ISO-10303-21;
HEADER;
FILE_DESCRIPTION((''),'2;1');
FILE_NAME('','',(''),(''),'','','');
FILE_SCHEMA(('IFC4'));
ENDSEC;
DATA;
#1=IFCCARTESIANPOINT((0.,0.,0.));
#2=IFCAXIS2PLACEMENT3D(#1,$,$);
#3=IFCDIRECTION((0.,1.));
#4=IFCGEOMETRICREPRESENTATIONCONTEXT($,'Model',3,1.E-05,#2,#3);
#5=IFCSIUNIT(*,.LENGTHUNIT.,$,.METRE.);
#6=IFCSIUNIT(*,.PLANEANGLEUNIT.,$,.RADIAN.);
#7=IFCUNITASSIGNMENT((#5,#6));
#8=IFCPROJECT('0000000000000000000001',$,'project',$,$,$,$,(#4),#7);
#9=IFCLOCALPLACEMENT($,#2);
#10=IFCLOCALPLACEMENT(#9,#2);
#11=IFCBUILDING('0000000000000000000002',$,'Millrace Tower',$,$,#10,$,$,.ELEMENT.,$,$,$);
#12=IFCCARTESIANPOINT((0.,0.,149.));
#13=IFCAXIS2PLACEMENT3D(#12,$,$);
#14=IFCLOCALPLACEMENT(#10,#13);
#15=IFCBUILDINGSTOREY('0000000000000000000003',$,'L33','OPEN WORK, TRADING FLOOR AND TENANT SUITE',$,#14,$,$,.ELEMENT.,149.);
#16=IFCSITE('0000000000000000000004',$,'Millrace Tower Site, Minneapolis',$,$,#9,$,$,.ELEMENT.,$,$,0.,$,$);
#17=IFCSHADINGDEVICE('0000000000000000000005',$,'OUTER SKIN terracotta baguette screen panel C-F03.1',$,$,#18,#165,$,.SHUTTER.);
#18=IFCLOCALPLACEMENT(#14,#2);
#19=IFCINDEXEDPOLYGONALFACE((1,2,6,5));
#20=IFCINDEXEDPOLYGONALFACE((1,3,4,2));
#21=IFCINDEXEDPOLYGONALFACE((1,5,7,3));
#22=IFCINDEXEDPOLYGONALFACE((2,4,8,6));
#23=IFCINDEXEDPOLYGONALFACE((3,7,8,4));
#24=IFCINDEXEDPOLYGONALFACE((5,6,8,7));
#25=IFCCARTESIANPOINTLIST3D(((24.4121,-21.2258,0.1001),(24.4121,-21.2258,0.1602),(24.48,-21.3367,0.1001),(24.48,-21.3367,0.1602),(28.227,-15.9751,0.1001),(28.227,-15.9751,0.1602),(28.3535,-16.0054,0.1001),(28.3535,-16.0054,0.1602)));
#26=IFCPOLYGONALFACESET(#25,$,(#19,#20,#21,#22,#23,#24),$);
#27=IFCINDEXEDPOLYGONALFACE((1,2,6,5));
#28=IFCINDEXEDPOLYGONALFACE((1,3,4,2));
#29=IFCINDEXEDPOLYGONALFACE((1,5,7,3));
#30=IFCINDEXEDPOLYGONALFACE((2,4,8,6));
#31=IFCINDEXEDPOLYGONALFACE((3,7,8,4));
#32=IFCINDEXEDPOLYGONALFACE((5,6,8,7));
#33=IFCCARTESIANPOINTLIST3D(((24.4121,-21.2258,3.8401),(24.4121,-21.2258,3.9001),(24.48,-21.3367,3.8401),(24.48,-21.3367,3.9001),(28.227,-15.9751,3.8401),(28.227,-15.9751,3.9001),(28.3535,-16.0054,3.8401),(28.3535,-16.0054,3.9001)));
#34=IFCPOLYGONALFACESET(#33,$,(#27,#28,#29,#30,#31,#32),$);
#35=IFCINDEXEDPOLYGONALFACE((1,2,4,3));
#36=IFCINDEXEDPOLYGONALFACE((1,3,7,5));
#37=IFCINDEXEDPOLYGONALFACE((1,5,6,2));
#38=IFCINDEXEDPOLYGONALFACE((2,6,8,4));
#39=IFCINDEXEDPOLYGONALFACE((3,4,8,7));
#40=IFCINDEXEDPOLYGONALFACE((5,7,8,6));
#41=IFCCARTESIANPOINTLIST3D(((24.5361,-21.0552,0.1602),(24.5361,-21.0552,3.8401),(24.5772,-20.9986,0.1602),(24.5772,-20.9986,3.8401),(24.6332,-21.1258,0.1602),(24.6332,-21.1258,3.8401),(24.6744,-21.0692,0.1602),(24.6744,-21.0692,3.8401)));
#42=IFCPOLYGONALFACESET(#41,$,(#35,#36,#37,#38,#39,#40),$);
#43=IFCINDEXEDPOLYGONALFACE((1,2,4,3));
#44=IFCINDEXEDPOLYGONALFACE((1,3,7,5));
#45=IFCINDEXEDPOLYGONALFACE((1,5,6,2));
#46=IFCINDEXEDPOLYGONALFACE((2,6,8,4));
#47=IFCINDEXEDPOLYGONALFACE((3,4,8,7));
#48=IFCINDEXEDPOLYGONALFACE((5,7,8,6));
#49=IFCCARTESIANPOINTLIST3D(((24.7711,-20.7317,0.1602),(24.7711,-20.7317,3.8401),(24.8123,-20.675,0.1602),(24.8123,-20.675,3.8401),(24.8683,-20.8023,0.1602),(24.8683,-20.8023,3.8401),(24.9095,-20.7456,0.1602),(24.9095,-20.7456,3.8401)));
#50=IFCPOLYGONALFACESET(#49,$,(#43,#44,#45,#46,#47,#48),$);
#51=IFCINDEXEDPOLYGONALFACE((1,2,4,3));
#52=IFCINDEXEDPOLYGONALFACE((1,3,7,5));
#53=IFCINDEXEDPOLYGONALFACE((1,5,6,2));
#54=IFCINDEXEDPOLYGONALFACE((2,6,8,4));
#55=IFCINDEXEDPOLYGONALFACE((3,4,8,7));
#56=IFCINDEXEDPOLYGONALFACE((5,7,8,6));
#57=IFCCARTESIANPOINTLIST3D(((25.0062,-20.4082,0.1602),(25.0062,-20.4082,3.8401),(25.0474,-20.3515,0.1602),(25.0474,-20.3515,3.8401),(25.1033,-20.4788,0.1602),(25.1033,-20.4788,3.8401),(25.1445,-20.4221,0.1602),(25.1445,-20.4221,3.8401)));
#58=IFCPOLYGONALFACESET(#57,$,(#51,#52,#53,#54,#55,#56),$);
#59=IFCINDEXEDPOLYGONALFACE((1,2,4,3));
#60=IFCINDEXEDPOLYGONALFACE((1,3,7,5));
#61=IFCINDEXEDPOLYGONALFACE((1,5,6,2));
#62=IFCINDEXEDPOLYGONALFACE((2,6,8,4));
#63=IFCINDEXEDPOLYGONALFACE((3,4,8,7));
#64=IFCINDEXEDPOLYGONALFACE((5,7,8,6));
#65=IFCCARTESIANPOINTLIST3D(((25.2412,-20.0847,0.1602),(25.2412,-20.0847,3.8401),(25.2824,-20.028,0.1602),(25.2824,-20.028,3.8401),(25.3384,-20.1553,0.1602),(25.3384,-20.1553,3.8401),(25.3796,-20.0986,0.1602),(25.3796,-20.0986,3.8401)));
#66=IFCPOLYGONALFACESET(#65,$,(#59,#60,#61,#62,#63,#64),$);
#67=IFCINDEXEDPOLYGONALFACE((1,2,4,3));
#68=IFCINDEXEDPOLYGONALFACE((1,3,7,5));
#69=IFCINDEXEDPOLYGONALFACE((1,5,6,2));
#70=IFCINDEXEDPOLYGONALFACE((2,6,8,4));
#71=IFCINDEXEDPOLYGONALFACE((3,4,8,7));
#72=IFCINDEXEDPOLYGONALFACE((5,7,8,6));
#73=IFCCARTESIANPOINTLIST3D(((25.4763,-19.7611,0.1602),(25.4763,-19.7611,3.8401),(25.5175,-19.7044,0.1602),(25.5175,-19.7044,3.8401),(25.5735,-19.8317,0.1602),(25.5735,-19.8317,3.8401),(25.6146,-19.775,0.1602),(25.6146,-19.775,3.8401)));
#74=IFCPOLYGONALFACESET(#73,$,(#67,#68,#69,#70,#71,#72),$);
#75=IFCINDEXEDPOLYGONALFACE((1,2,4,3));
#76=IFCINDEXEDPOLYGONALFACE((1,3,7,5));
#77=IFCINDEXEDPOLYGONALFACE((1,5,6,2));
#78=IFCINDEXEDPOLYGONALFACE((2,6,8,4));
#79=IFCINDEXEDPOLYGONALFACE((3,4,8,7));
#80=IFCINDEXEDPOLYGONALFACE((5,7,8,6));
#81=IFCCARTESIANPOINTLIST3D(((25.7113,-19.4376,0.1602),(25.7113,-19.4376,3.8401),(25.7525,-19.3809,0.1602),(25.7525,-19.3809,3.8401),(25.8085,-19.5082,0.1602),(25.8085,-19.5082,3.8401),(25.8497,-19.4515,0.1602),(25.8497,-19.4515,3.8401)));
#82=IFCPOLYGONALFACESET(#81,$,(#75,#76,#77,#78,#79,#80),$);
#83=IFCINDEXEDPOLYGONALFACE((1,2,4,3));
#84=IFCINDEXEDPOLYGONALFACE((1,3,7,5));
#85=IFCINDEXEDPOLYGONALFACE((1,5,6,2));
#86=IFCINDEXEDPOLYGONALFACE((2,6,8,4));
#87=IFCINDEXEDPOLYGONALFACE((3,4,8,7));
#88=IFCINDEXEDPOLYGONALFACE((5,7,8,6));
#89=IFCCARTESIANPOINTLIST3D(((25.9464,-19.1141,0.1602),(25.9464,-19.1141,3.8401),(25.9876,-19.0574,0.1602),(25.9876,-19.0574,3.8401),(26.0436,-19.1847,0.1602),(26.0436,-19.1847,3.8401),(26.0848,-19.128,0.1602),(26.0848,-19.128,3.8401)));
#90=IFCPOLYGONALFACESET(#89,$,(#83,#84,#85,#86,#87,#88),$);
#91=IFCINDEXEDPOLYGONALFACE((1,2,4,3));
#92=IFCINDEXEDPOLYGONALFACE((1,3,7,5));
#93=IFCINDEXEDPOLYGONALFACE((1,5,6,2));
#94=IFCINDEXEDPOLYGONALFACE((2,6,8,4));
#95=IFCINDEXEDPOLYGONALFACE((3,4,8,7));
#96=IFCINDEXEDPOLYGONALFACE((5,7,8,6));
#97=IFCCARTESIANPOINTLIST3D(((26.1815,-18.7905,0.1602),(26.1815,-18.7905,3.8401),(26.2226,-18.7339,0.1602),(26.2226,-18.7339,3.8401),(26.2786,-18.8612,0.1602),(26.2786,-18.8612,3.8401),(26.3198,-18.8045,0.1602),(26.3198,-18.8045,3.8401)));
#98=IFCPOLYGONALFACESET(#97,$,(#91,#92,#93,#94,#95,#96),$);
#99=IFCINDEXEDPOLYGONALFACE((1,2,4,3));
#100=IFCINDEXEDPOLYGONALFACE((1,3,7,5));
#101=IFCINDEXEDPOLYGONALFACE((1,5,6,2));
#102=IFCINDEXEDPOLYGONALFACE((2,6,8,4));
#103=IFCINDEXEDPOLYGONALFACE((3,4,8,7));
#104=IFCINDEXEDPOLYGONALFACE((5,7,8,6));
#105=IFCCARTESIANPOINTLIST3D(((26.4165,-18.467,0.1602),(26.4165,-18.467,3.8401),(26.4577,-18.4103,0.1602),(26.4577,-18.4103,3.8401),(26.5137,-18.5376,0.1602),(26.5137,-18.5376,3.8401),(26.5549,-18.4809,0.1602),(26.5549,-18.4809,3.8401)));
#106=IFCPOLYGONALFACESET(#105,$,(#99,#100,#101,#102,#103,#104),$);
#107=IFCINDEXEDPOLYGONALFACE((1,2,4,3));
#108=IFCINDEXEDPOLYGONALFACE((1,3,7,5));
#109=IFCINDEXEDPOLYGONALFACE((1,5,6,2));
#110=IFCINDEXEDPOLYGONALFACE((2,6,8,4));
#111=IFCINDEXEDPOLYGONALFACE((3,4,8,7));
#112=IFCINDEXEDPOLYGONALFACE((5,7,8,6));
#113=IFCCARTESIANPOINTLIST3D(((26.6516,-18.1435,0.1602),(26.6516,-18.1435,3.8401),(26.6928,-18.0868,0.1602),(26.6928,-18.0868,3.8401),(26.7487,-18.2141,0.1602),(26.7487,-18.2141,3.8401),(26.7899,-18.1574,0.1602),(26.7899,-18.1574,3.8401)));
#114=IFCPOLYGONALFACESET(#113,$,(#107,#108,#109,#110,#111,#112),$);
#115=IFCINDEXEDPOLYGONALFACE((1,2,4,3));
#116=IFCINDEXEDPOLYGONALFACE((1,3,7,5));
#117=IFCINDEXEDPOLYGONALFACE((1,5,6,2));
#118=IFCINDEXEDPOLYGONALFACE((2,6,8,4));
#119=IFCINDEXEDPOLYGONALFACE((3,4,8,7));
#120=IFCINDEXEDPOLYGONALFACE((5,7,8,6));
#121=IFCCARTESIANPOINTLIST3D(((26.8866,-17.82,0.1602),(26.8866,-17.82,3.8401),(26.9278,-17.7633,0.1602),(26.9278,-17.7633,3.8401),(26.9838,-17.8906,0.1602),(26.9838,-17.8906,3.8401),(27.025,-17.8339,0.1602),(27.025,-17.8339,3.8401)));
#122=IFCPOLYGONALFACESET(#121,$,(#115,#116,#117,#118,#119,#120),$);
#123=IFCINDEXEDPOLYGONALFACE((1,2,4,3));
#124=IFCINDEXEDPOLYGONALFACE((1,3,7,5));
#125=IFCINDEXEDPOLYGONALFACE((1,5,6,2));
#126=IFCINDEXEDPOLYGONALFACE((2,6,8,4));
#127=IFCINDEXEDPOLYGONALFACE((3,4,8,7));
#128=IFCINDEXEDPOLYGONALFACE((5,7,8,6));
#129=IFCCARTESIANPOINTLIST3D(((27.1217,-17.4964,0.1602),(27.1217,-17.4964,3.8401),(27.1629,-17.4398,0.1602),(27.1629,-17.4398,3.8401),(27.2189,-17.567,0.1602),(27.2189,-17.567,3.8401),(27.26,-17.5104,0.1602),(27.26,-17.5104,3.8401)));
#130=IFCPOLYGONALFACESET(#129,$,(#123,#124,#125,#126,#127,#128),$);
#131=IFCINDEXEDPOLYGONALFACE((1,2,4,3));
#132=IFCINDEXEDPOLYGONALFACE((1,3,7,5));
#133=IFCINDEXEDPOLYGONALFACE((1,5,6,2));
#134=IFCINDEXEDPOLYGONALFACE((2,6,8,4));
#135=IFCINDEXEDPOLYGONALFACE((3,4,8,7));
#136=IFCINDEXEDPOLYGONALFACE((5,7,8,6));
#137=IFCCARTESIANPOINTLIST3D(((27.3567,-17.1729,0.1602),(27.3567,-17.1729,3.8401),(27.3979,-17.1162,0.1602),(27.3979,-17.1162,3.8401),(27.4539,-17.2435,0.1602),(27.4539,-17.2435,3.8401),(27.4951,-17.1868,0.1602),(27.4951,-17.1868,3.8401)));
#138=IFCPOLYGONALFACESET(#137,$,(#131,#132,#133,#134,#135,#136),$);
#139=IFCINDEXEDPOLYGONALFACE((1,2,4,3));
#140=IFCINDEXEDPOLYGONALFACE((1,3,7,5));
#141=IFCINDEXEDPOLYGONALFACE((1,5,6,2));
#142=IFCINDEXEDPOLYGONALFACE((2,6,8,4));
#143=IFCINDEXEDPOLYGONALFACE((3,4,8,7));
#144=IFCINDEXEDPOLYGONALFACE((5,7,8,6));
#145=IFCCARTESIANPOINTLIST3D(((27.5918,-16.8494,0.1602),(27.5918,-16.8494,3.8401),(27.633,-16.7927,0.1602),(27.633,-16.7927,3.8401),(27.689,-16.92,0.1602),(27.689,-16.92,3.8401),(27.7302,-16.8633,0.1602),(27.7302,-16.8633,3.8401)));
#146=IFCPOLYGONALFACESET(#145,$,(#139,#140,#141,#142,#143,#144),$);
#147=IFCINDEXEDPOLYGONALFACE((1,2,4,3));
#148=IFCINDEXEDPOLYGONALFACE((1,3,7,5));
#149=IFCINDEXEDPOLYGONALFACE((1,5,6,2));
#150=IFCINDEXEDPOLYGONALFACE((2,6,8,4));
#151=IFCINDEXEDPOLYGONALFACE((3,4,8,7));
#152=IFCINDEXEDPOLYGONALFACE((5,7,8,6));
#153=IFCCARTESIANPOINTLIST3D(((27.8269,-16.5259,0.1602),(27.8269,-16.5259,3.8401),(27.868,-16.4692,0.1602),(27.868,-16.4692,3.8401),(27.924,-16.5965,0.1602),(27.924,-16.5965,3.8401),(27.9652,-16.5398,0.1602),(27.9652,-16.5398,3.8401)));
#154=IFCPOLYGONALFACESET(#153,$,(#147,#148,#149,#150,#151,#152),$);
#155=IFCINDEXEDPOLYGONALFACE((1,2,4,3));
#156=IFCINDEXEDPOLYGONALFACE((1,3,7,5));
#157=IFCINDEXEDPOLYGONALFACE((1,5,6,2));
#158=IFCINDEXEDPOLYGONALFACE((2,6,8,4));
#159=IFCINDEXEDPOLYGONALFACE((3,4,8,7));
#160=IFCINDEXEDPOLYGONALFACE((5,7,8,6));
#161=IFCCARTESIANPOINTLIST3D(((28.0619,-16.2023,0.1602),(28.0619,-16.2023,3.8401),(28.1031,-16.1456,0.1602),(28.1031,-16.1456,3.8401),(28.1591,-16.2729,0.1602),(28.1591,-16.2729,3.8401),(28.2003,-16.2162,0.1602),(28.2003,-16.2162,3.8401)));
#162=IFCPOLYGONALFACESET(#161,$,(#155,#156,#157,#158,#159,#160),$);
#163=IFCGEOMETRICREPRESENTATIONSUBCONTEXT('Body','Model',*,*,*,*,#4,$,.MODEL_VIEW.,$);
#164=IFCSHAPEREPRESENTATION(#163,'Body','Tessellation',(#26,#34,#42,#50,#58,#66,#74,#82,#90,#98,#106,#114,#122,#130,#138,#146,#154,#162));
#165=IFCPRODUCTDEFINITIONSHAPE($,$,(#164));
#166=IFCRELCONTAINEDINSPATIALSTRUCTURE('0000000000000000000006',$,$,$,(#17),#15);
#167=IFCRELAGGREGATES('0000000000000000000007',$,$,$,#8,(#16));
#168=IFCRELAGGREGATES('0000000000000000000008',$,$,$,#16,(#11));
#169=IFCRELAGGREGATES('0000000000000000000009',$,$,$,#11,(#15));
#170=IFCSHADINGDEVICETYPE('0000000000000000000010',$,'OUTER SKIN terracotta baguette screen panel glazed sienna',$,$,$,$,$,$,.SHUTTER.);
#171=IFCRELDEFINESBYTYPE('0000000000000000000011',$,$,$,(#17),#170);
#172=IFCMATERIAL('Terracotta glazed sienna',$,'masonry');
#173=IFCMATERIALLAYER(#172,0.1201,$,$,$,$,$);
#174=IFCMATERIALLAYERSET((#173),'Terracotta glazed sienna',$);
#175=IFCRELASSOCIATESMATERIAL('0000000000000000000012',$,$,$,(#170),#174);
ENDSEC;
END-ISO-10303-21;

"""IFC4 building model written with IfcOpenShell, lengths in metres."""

from ifc_helpers import new_model, entity, si_unit, direction, frame, frame_2d, origin, place, context, subcontext, project, spatial, rectangle, extrude, source, transform, mapped, material, layer, layer_set, type_object, element, save


model = new_model("IFC4")

# Units and contexts
model_context = context("Model", 3, precision=1e-05, world=origin(), true_north=direction((0.0, 1.0)))
body_context = subcontext(model_context, "Body", "Model", "MODEL_VIEW")
ifc_project = project(units=[si_unit("LENGTHUNIT", "METRE"), si_unit("PLANEANGLEUNIT", "RADIAN")], contexts=[model_context])

# Site, building, storey
site_placement = place(None, origin())
site = spatial("IfcSite", under=ifc_project, at=site_placement, Name="Millrace Tower Site, Minneapolis", CompositionType="ELEMENT", RefElevation=0.0)
building_placement = place(site_placement, origin())
building = spatial("IfcBuilding", under=site, at=building_placement, Name="Millrace Tower", CompositionType="ELEMENT")
storey_placement = place(building_placement, frame((0.0, 0.0, 149.0)))
storey = spatial("IfcBuildingStorey", under=building, at=storey_placement, Name="L33", Description="OPEN WORK, TRADING FLOOR AND TENANT SUITE", CompositionType="ELEMENT", Elevation=149.0)

# Shading device
ifc_material_1 = material(Name="Terracotta glazed sienna", Category="masonry")
ifc_layer_1 = layer(ifc_material_1, 0.1201)
ifc_layer_set_1 = layer_set([ifc_layer_1], Name="Terracotta glazed sienna")
shading_device_type = type_object("IfcShadingDeviceType", Name="OUTER SKIN terracotta baguette screen panel glazed sienna", PredefinedType="SHUTTER", material=ifc_layer_set_1)
cartesian_point_1 = entity("IfcCartesianPoint", [-3.2451, 0.0601])
shared_polyline_1 = entity("IfcPolyline", [cartesian_point_1, entity("IfcCartesianPoint", [3.2451, 0.0601]), entity("IfcCartesianPoint", [3.2949, -0.0601]), entity("IfcCartesianPoint", [-3.2949, -0.0601]), cartesian_point_1])
shared_shape_1 = source(origin(), body_context, "Body", "SweptSolid", [
    entity("IfcExtrudedAreaSolid", entity("IfcArbitraryClosedProfileDef", "AREA", None, shared_polyline_1), entity("IfcAxis2Placement3D", entity("IfcCartesianPoint", [0.0, 0.0, 0.0])), entity("IfcDirection", [0.0, 0.0, 1.0]), 0.0601),
    entity("IfcExtrudedAreaSolid", entity("IfcArbitraryClosedProfileDef", "AREA", None, shared_polyline_1), entity("IfcAxis2Placement3D", entity("IfcCartesianPoint", [0.0, 0.0, 3.74])), entity("IfcDirection", [0.0, 0.0, 1.0]), 0.0601),
    extrude(rectangle(XDim=0.0701, YDim=0.1201, at=frame_2d((-2.9993, 0.0))), frame((0.0, 0.0, 0.0601)), (0.0, 0.0, 1.0), 3.6799),
    extrude(rectangle(XDim=0.0701, YDim=0.1201, at=frame_2d((-2.5994, 0.0))), frame((0.0, 0.0, 0.0601)), (0.0, 0.0, 1.0), 3.6799),
    extrude(rectangle(XDim=0.0701, YDim=0.1201, at=frame_2d((-2.1995, 0.0))), frame((0.0, 0.0, 0.0601)), (0.0, 0.0, 1.0), 3.6799),
    extrude(rectangle(XDim=0.0701, YDim=0.1201, at=frame_2d((-1.7996, 0.0))), frame((0.0, 0.0, 0.0601)), (0.0, 0.0, 1.0), 3.6799),
    extrude(rectangle(XDim=0.0701, YDim=0.1201, at=frame_2d((-1.3997, 0.0))), frame((0.0, 0.0, 0.0601)), (0.0, 0.0, 1.0), 3.6799),
    extrude(rectangle(XDim=0.0701, YDim=0.1201, at=frame_2d((-0.9998, 0.0))), frame((0.0, 0.0, 0.0601)), (0.0, 0.0, 1.0), 3.6799),
    extrude(rectangle(XDim=0.0701, YDim=0.1201, at=frame_2d((-0.5999, 0.0))), frame((0.0, 0.0, 0.0601)), (0.0, 0.0, 1.0), 3.6799),
    extrude(rectangle(XDim=0.0701, YDim=0.1201, at=frame_2d((-0.2, 0.0))), frame((0.0, 0.0, 0.0601)), (0.0, 0.0, 1.0), 3.6799),
    extrude(rectangle(XDim=0.0701, YDim=0.1201, at=frame_2d((0.2, 0.0))), frame((0.0, 0.0, 0.0601)), (0.0, 0.0, 1.0), 3.6799),
    extrude(rectangle(XDim=0.0701, YDim=0.1201, at=frame_2d((0.5999, 0.0))), frame((0.0, 0.0, 0.0601)), (0.0, 0.0, 1.0), 3.6799),
    extrude(rectangle(XDim=0.0701, YDim=0.1201, at=frame_2d((0.9998, 0.0))), frame((0.0, 0.0, 0.0601)), (0.0, 0.0, 1.0), 3.6799),
    extrude(rectangle(XDim=0.0701, YDim=0.1201, at=frame_2d((1.3997, 0.0))), frame((0.0, 0.0, 0.0601)), (0.0, 0.0, 1.0), 3.6799),
    extrude(rectangle(XDim=0.0701, YDim=0.1201, at=frame_2d((1.7996, 0.0))), frame((0.0, 0.0, 0.0601)), (0.0, 0.0, 1.0), 3.6799),
    extrude(rectangle(XDim=0.0701, YDim=0.1201, at=frame_2d((2.1995, 0.0))), frame((0.0, 0.0, 0.0601)), (0.0, 0.0, 1.0), 3.6799),
    extrude(rectangle(XDim=0.0701, YDim=0.1201, at=frame_2d((2.5994, 0.0))), frame((0.0, 0.0, 0.0601)), (0.0, 0.0, 1.0), 3.6799),
    extrude(rectangle(XDim=0.0701, YDim=0.1201, at=frame_2d((2.9993, 0.0))), frame((0.0, 0.0, 0.0601)), (0.0, 0.0, 1.0), 3.6799),
])
shading_device_1_placement = place(storey_placement, frame((26.3682, -18.6357, 0.1001), z_axis=(0.0, 0.0, 1.0), x_axis=(0.587785, 0.809017, 0.0)))
element("IfcShadingDevice", 1, at=shading_device_1_placement, inside=storey, type_object=shading_device_type, Name="OUTER SKIN terracotta baguette screen panel C-F03.1", PredefinedType="SHUTTER", context=body_context, shape_type="MappedRepresentation", body=[
    mapped(shared_shape_1, transform((0.0, 0.0, 0.0), scale=1.0)),
])

save(model, "model.ifc")
